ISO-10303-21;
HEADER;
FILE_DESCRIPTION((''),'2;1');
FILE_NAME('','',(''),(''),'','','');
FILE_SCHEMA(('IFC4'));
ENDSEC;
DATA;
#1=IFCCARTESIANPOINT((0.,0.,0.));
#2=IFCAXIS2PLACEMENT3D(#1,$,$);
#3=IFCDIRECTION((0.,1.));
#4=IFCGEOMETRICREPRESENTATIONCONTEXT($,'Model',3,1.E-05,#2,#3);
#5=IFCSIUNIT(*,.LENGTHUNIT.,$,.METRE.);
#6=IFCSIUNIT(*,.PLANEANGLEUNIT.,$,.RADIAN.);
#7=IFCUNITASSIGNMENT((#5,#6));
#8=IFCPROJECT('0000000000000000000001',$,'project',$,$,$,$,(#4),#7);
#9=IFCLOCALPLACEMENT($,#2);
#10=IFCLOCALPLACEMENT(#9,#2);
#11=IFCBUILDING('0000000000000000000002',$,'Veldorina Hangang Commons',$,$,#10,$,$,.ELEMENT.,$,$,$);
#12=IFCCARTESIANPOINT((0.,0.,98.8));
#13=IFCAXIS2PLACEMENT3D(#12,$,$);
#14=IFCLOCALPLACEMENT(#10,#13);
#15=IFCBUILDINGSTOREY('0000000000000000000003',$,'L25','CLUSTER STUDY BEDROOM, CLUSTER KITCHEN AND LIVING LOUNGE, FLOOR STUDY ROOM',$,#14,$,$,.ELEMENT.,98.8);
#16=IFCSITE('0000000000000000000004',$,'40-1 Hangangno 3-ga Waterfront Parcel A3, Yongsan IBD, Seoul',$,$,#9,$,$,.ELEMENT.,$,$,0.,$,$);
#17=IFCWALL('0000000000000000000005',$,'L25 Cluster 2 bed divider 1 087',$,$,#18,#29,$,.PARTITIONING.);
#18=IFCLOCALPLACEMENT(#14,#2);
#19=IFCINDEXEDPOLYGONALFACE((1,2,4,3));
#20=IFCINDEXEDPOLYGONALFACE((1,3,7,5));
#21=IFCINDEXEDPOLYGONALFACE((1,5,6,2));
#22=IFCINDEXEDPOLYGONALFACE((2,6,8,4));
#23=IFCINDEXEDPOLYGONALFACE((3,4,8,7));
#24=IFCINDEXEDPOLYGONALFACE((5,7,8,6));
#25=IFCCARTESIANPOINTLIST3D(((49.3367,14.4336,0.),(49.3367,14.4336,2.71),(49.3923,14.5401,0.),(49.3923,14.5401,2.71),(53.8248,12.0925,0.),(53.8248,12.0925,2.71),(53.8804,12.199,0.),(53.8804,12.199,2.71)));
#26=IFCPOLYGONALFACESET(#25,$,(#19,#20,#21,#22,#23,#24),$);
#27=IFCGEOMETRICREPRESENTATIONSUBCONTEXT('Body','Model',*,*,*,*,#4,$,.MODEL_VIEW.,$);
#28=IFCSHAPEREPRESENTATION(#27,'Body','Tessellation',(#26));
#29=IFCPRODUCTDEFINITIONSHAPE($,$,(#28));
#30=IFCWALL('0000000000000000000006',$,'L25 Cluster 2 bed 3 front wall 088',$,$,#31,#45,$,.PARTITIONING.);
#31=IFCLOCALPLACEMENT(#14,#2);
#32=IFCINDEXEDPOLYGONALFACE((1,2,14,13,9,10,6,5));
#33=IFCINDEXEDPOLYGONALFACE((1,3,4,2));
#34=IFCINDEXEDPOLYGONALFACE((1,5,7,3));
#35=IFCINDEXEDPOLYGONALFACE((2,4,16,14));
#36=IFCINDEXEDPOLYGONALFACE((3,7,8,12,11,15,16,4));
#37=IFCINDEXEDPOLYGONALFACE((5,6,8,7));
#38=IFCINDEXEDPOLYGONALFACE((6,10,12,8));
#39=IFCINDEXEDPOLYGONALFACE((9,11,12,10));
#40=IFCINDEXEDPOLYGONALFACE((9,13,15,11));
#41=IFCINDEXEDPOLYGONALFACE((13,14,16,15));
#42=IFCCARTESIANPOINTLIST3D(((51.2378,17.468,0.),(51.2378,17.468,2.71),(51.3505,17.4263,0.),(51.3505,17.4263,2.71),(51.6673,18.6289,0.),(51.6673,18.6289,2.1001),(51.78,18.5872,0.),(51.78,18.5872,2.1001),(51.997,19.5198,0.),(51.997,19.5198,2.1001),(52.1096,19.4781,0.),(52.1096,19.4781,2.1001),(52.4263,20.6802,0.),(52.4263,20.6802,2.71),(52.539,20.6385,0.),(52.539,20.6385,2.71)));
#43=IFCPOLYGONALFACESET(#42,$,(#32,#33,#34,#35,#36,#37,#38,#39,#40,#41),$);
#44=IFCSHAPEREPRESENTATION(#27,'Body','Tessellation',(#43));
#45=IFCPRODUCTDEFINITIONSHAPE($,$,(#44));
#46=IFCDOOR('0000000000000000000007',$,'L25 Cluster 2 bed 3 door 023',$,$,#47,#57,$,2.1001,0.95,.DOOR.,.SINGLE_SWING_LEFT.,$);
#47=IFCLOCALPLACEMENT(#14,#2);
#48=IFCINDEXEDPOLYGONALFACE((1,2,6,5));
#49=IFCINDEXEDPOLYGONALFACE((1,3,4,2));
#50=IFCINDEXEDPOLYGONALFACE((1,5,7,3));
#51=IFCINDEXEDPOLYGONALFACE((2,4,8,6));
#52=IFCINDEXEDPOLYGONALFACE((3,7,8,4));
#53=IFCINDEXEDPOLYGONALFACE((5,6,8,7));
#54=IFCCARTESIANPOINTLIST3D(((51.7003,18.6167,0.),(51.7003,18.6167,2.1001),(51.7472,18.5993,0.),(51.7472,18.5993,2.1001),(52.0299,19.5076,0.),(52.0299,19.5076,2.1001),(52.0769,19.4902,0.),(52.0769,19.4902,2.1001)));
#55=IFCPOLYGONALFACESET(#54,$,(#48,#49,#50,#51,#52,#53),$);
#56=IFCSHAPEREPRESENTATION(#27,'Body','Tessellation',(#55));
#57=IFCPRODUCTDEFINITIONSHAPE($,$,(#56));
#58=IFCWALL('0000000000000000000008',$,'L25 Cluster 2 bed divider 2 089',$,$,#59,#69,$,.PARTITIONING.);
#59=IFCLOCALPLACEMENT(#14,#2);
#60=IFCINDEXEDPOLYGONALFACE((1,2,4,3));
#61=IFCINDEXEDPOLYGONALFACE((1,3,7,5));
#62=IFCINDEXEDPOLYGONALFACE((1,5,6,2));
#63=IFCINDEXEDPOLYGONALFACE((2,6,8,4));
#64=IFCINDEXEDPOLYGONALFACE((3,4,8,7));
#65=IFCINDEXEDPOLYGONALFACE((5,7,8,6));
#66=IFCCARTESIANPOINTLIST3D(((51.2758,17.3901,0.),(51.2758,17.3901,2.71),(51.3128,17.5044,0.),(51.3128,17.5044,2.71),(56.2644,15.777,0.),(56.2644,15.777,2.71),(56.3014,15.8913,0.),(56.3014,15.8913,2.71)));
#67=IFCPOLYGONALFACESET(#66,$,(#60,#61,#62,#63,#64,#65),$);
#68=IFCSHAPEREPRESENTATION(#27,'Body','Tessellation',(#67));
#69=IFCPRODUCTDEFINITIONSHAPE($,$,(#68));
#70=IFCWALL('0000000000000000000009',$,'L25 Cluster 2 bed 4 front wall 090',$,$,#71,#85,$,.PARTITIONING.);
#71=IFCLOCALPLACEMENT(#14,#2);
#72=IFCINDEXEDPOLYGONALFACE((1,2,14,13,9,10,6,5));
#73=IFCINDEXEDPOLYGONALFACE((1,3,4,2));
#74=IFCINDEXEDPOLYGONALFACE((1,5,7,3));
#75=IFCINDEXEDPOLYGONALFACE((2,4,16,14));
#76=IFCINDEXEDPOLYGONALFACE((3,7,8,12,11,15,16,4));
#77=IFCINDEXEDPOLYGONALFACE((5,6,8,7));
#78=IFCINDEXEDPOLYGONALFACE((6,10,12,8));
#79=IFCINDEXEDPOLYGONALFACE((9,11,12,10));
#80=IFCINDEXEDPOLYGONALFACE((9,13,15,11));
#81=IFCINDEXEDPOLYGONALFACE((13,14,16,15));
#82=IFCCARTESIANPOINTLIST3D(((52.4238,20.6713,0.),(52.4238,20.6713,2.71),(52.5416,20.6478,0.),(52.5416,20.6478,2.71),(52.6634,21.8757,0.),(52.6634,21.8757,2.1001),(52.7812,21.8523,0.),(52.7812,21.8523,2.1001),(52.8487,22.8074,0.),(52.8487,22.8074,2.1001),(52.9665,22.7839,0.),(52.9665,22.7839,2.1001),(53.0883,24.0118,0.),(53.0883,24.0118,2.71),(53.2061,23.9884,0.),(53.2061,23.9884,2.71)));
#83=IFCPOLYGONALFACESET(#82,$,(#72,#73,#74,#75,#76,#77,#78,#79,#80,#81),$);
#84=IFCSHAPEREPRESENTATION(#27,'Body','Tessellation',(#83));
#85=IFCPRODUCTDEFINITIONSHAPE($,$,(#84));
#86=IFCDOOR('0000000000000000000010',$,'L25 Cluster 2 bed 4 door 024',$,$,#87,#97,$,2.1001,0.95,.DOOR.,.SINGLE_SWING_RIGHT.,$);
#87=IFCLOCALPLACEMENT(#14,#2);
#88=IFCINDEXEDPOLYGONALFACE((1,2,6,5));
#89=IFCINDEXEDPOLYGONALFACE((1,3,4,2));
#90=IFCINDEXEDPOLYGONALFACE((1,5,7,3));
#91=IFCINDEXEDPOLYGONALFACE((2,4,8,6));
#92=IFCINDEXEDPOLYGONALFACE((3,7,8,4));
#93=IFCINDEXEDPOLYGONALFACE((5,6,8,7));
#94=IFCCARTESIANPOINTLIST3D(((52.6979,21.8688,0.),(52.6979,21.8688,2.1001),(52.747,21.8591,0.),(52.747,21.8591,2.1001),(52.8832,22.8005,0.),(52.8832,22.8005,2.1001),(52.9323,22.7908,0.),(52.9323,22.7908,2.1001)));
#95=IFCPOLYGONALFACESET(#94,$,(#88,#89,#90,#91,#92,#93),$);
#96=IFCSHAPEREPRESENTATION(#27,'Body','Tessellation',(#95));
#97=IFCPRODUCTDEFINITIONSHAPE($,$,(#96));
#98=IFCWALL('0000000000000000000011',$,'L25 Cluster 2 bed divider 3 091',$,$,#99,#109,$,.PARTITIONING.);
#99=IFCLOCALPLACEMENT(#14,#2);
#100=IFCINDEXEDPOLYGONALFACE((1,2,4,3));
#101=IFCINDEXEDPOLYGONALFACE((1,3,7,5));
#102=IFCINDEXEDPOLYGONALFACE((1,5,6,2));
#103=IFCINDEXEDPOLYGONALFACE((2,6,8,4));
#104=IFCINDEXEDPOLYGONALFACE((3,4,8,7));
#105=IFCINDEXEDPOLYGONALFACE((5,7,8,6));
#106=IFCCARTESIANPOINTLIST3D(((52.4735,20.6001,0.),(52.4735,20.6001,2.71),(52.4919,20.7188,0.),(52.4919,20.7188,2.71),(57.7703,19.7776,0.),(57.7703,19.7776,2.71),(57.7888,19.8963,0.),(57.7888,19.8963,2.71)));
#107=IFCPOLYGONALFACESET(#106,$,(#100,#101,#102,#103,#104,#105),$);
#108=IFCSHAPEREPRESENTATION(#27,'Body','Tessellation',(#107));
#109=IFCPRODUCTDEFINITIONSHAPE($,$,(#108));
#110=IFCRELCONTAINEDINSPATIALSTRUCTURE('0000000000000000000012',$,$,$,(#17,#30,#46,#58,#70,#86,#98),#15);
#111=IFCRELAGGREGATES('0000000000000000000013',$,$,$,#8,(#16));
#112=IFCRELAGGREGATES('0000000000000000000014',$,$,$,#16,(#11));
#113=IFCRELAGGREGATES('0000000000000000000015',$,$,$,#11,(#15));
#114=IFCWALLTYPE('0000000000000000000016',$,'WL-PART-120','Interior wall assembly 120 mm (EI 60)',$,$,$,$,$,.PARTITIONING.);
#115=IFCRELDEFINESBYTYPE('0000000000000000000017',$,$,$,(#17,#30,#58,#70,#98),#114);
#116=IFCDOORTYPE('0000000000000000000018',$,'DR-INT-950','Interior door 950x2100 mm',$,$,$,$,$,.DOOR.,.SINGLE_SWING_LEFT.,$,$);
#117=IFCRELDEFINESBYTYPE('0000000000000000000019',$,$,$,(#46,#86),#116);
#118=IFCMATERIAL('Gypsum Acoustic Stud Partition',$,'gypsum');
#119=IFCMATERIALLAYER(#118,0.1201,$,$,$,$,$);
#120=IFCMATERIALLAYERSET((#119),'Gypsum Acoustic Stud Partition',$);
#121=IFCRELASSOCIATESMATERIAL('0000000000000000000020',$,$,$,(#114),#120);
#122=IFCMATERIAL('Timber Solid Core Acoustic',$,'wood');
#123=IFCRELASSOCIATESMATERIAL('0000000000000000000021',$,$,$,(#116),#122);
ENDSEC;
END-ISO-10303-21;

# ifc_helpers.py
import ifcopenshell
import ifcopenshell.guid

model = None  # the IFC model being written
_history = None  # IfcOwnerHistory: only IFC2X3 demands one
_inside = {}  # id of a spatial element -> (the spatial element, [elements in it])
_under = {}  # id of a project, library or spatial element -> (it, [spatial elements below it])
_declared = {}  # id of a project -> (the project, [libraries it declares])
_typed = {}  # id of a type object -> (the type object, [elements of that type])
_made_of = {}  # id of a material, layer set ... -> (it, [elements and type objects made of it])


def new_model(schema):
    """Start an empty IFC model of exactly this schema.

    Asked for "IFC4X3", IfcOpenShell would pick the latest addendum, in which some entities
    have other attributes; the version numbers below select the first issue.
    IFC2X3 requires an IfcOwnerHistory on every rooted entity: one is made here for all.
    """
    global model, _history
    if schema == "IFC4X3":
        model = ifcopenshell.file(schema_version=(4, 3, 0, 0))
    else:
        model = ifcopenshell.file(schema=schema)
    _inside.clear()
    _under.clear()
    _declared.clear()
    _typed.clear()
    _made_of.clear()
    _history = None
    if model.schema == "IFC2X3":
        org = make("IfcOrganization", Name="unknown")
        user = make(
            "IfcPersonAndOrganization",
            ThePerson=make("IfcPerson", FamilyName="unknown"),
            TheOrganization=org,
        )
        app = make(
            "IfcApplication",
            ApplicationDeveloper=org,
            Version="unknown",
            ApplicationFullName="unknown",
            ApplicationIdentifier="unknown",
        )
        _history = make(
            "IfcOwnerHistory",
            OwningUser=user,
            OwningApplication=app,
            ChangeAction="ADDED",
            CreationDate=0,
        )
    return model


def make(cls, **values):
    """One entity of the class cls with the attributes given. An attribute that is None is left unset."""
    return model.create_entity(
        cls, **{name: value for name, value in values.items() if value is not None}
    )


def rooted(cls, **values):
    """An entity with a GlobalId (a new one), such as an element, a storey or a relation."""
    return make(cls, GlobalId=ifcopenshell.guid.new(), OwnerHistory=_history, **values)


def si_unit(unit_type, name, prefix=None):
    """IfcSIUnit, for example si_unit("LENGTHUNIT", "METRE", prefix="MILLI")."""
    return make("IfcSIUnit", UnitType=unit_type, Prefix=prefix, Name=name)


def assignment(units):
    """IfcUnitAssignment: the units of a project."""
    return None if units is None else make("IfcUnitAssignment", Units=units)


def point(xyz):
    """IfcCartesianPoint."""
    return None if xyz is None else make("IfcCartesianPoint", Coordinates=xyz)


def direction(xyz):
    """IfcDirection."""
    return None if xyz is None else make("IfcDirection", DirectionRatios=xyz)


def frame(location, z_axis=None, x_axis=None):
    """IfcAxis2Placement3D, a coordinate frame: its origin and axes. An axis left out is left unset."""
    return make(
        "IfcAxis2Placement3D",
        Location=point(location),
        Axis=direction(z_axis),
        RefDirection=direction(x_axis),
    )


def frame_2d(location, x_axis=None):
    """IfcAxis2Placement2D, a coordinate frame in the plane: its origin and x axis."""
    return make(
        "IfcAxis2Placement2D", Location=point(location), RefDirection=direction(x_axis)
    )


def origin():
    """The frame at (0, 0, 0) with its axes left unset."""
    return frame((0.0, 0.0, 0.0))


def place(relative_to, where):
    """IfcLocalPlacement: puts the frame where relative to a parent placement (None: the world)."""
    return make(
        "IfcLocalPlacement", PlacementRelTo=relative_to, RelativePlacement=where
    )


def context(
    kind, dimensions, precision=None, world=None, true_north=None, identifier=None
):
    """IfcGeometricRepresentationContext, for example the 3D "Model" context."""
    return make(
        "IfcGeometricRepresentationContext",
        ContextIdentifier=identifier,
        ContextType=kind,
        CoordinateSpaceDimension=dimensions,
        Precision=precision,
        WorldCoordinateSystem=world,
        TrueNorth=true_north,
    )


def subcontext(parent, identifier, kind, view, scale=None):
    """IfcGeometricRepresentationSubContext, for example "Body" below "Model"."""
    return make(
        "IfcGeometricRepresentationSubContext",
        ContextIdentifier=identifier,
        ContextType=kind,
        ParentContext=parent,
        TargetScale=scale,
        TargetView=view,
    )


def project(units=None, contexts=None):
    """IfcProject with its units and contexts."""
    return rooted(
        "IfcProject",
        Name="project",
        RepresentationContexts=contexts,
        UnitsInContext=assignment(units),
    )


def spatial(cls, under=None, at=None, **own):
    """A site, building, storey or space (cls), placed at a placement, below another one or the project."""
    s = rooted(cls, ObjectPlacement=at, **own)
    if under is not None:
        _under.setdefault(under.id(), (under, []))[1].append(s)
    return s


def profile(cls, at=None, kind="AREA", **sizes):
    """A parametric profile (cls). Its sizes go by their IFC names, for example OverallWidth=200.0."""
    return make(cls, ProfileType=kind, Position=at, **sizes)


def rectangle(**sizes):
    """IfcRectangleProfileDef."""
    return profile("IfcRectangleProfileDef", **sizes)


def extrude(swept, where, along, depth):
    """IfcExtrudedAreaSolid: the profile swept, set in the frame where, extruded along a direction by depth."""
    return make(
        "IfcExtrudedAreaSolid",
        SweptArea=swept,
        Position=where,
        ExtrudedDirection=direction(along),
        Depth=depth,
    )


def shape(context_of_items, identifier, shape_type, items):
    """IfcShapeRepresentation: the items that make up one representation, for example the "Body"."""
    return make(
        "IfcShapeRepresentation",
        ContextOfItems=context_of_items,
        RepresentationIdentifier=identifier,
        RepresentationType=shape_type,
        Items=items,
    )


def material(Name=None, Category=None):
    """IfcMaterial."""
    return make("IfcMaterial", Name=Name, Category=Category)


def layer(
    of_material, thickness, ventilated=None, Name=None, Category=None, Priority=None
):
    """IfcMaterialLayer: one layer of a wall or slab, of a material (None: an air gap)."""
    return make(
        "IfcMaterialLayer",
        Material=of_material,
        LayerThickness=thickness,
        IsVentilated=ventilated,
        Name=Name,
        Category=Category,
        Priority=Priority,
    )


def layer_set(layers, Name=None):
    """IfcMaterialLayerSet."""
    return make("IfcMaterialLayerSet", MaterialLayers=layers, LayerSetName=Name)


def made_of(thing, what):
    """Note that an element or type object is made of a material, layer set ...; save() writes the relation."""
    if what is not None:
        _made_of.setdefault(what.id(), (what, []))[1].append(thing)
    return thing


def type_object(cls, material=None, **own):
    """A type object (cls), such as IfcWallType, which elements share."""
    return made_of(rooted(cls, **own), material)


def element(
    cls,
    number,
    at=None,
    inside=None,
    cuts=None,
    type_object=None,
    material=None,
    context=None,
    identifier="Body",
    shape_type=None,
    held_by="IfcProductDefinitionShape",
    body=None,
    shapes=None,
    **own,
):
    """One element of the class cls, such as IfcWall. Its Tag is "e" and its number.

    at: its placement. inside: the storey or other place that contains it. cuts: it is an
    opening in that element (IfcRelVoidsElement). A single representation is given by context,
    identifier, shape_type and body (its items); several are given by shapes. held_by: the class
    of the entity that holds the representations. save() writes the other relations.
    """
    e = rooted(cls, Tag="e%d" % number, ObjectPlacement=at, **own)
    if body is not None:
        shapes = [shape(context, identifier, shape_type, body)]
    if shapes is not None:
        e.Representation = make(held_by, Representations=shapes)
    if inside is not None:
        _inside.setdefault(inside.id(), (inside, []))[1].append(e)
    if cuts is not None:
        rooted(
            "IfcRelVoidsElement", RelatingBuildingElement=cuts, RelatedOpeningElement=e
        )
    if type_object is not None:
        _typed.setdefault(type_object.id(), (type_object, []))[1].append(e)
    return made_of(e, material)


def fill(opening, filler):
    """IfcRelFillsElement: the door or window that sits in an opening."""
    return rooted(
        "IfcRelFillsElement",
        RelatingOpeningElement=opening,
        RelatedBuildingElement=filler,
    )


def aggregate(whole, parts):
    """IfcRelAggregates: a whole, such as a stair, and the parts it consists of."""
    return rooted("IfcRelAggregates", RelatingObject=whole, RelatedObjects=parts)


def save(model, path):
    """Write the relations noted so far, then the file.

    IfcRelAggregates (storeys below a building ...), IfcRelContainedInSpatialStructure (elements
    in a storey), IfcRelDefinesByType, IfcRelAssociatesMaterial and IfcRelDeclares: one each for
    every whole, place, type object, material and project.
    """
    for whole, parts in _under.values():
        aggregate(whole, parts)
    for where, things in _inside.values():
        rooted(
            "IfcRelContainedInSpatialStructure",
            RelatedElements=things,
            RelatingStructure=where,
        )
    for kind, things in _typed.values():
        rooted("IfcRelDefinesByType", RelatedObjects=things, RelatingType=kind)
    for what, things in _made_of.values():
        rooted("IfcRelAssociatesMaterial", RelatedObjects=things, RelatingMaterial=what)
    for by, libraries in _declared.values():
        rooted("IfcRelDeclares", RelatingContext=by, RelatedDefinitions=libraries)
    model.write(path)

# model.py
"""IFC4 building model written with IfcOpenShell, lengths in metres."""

from ifc_helpers import new_model, si_unit, direction, frame, frame_2d, origin, place, context, subcontext, project, spatial, rectangle, extrude, material, layer, layer_set, type_object, element, fill, save


model = new_model("IFC4")

# Units and contexts
model_context = context("Model", 3, precision=1e-05, world=origin(), true_north=direction((0.0, 1.0)))
body_context = subcontext(model_context, "Body", "Model", "MODEL_VIEW")
ifc_project = project(units=[si_unit("LENGTHUNIT", "METRE"), si_unit("PLANEANGLEUNIT", "RADIAN")], contexts=[model_context])

# Site, building, storey
site_placement = place(None, origin())
site = spatial("IfcSite", under=ifc_project, at=site_placement, Name="40-1 Hangangno 3-ga Waterfront Parcel A3, Yongsan IBD, Seoul", CompositionType="ELEMENT", RefElevation=0.0)
building_placement = place(site_placement, origin())
building = spatial("IfcBuilding", under=site, at=building_placement, Name="Veldorina Hangang Commons", CompositionType="ELEMENT")
storey_placement = place(building_placement, frame((0.0, 0.0, 98.8)))
storey = spatial("IfcBuildingStorey", under=building, at=storey_placement, Name="L25", Description="CLUSTER STUDY BEDROOM, CLUSTER KITCHEN AND LIVING LOUNGE, FLOOR STUDY ROOM", CompositionType="ELEMENT", Elevation=98.8)

# Shared definitions
ifc_material_1 = material(Name="Gypsum Acoustic Stud Partition", Category="gypsum")
ifc_layer_1 = layer(ifc_material_1, 0.1201)
ifc_layer_set_1 = layer_set([ifc_layer_1], Name="Gypsum Acoustic Stud Partition")
wall_type_1 = type_object("IfcWallType", Name="WL-PART-120", Description="Interior wall assembly 120 mm (EI 60)", PredefinedType="PARTITIONING", material=ifc_layer_set_1)
ifc_material_2 = material(Name="Timber Solid Core Acoustic", Category="wood")
door_type_1 = type_object("IfcDoorType", Name="DR-INT-950", Description="Interior door 950x2100 mm", OperationType="SINGLE_SWING_LEFT", PredefinedType="DOOR", material=ifc_material_2)

# Wall
wall_1_placement = place(storey_placement, frame((49.3645, 14.4868, 0.0), z_axis=(0.0, 0.0, 1.0), x_axis=(0.886627, -0.462485, 0.0)))
element("IfcWall", 1, at=wall_1_placement, inside=storey, type_object=wall_type_1, Name="L25 Cluster 2 bed divider 1 087", PredefinedType="PARTITIONING", context=body_context, shape_type="SweptSolid", body=[
    extrude(rectangle(XDim=5.062, YDim=0.1201, at=frame_2d((2.531, 0.0))), origin(), (0.0, 0.0, 1.0), 2.71),
])

# Wall, opening, door
wall_2_placement = place(storey_placement, frame((51.2942, 17.4473, 0.0), z_axis=(0.0, 0.0, 1.0), x_axis=(0.347003, 0.937864, 0.0)))
wall_2 = element("IfcWall", 2, at=wall_2_placement, inside=storey, type_object=wall_type_1, Name="L25 Cluster 2 bed 3 front wall 088", PredefinedType="PARTITIONING", context=body_context, shape_type="SweptSolid", body=[
    extrude(rectangle(XDim=3.425, YDim=0.1201, at=frame_2d((1.7124, 0.0))), origin(), (0.0, 0.0, 1.0), 2.71),
])
opening_1_placement = place(wall_2_placement, frame((1.2375, 0.0, 0.0)))
opening_1 = element("IfcOpeningElement", 3, at=opening_1_placement, cuts=wall_2, PredefinedType="OPENING", context=body_context, shape_type="SweptSolid", body=[
    extrude(rectangle(XDim=0.95, YDim=2.1001, at=frame_2d((0.4751, 1.05))), frame((0.0, 0.0701, 0.0), z_axis=(0.0, -1.0, 0.0), x_axis=(1.0, 0.0, 0.0)), (0.0, 0.0, 1.0), 0.1401),
])
door_1_placement = place(opening_1_placement, origin())
door_1 = element("IfcDoor", 4, at=door_1_placement, inside=storey, type_object=door_type_1, Name="L25 Cluster 2 bed 3 door 023", OperationType="SINGLE_SWING_LEFT", OverallHeight=2.1001, OverallWidth=0.95, PredefinedType="DOOR", context=body_context, shape_type="SweptSolid", body=[
    extrude(rectangle(XDim=0.95, YDim=2.1001, at=frame_2d((0.4751, 1.05))), frame((0.0, 0.0249, 0.0), z_axis=(0.0, -1.0, 0.0), x_axis=(1.0, 0.0, 0.0)), (0.0, 0.0, 1.0), 0.05),
])
fill(opening_1, door_1)

# Wall
wall_3_placement = place(storey_placement, frame((51.2942, 17.4473, 0.0), z_axis=(0.0, 0.0, 1.0), x_axis=(0.951495, -0.307665, 0.0)))
element("IfcWall", 5, at=wall_3_placement, inside=storey, type_object=wall_type_1, Name="L25 Cluster 2 bed divider 2 089", PredefinedType="PARTITIONING", context=body_context, shape_type="SweptSolid", body=[
    extrude(rectangle(XDim=5.2429, YDim=0.1201, at=frame_2d((2.6216, 0.0))), origin(), (0.0, 0.0, 1.0), 2.71),
])

# Wall, opening, door
wall_4_placement = place(storey_placement, frame((52.4827, 20.6594, 0.0), z_axis=(0.0, 0.0, 1.0), x_axis=(0.19511, 0.980781, 0.0)))
wall_4 = element("IfcWall", 6, at=wall_4_placement, inside=storey, type_object=wall_type_1, Name="L25 Cluster 2 bed 4 front wall 090", PredefinedType="PARTITIONING", context=body_context, shape_type="SweptSolid", body=[
    extrude(rectangle(XDim=3.406, YDim=0.1201, at=frame_2d((1.7031, 0.0))), origin(), (0.0, 0.0, 1.0), 2.71),
])
opening_2_placement = place(wall_4_placement, frame((1.228, 0.0, 0.0)))
opening_2 = element("IfcOpeningElement", 7, at=opening_2_placement, cuts=wall_4, PredefinedType="OPENING", context=body_context, shape_type="SweptSolid", body=[
    extrude(rectangle(XDim=0.95, YDim=2.1001, at=frame_2d((0.4751, 1.05))), frame((0.0, 0.0701, 0.0), z_axis=(0.0, -1.0, 0.0), x_axis=(1.0, 0.0, 0.0)), (0.0, 0.0, 1.0), 0.1401),
])
door_2_placement = place(opening_2_placement, origin())
door_2 = element("IfcDoor", 8, at=door_2_placement, inside=storey, type_object=door_type_1, Name="L25 Cluster 2 bed 4 door 024", OperationType="SINGLE_SWING_RIGHT", OverallHeight=2.1001, OverallWidth=0.95, PredefinedType="DOOR", context=body_context, shape_type="SweptSolid", body=[
    extrude(rectangle(XDim=0.95, YDim=2.1001, at=frame_2d((0.4751, 1.05))), frame((0.0, 0.0249, 0.0), z_axis=(0.0, -1.0, 0.0), x_axis=(1.0, 0.0, 0.0)), (0.0, 0.0, 1.0), 0.05),
])
fill(opening_2, door_2)

# Wall
wall_5_placement = place(storey_placement, frame((52.4827, 20.6594, 0.0), z_axis=(0.0, 0.0, 1.0), x_axis=(0.988157, -0.153443, 0.0)))
element("IfcWall", 9, at=wall_5_placement, inside=storey, type_object=wall_type_1, Name="L25 Cluster 2 bed divider 3 091", PredefinedType="PARTITIONING", context=body_context, shape_type="SweptSolid", body=[
    extrude(rectangle(XDim=5.3604, YDim=0.1201, at=frame_2d((2.6802, 0.0))), origin(), (0.0, 0.0, 1.0), 2.71),
])

save(model, "model.ifc")
